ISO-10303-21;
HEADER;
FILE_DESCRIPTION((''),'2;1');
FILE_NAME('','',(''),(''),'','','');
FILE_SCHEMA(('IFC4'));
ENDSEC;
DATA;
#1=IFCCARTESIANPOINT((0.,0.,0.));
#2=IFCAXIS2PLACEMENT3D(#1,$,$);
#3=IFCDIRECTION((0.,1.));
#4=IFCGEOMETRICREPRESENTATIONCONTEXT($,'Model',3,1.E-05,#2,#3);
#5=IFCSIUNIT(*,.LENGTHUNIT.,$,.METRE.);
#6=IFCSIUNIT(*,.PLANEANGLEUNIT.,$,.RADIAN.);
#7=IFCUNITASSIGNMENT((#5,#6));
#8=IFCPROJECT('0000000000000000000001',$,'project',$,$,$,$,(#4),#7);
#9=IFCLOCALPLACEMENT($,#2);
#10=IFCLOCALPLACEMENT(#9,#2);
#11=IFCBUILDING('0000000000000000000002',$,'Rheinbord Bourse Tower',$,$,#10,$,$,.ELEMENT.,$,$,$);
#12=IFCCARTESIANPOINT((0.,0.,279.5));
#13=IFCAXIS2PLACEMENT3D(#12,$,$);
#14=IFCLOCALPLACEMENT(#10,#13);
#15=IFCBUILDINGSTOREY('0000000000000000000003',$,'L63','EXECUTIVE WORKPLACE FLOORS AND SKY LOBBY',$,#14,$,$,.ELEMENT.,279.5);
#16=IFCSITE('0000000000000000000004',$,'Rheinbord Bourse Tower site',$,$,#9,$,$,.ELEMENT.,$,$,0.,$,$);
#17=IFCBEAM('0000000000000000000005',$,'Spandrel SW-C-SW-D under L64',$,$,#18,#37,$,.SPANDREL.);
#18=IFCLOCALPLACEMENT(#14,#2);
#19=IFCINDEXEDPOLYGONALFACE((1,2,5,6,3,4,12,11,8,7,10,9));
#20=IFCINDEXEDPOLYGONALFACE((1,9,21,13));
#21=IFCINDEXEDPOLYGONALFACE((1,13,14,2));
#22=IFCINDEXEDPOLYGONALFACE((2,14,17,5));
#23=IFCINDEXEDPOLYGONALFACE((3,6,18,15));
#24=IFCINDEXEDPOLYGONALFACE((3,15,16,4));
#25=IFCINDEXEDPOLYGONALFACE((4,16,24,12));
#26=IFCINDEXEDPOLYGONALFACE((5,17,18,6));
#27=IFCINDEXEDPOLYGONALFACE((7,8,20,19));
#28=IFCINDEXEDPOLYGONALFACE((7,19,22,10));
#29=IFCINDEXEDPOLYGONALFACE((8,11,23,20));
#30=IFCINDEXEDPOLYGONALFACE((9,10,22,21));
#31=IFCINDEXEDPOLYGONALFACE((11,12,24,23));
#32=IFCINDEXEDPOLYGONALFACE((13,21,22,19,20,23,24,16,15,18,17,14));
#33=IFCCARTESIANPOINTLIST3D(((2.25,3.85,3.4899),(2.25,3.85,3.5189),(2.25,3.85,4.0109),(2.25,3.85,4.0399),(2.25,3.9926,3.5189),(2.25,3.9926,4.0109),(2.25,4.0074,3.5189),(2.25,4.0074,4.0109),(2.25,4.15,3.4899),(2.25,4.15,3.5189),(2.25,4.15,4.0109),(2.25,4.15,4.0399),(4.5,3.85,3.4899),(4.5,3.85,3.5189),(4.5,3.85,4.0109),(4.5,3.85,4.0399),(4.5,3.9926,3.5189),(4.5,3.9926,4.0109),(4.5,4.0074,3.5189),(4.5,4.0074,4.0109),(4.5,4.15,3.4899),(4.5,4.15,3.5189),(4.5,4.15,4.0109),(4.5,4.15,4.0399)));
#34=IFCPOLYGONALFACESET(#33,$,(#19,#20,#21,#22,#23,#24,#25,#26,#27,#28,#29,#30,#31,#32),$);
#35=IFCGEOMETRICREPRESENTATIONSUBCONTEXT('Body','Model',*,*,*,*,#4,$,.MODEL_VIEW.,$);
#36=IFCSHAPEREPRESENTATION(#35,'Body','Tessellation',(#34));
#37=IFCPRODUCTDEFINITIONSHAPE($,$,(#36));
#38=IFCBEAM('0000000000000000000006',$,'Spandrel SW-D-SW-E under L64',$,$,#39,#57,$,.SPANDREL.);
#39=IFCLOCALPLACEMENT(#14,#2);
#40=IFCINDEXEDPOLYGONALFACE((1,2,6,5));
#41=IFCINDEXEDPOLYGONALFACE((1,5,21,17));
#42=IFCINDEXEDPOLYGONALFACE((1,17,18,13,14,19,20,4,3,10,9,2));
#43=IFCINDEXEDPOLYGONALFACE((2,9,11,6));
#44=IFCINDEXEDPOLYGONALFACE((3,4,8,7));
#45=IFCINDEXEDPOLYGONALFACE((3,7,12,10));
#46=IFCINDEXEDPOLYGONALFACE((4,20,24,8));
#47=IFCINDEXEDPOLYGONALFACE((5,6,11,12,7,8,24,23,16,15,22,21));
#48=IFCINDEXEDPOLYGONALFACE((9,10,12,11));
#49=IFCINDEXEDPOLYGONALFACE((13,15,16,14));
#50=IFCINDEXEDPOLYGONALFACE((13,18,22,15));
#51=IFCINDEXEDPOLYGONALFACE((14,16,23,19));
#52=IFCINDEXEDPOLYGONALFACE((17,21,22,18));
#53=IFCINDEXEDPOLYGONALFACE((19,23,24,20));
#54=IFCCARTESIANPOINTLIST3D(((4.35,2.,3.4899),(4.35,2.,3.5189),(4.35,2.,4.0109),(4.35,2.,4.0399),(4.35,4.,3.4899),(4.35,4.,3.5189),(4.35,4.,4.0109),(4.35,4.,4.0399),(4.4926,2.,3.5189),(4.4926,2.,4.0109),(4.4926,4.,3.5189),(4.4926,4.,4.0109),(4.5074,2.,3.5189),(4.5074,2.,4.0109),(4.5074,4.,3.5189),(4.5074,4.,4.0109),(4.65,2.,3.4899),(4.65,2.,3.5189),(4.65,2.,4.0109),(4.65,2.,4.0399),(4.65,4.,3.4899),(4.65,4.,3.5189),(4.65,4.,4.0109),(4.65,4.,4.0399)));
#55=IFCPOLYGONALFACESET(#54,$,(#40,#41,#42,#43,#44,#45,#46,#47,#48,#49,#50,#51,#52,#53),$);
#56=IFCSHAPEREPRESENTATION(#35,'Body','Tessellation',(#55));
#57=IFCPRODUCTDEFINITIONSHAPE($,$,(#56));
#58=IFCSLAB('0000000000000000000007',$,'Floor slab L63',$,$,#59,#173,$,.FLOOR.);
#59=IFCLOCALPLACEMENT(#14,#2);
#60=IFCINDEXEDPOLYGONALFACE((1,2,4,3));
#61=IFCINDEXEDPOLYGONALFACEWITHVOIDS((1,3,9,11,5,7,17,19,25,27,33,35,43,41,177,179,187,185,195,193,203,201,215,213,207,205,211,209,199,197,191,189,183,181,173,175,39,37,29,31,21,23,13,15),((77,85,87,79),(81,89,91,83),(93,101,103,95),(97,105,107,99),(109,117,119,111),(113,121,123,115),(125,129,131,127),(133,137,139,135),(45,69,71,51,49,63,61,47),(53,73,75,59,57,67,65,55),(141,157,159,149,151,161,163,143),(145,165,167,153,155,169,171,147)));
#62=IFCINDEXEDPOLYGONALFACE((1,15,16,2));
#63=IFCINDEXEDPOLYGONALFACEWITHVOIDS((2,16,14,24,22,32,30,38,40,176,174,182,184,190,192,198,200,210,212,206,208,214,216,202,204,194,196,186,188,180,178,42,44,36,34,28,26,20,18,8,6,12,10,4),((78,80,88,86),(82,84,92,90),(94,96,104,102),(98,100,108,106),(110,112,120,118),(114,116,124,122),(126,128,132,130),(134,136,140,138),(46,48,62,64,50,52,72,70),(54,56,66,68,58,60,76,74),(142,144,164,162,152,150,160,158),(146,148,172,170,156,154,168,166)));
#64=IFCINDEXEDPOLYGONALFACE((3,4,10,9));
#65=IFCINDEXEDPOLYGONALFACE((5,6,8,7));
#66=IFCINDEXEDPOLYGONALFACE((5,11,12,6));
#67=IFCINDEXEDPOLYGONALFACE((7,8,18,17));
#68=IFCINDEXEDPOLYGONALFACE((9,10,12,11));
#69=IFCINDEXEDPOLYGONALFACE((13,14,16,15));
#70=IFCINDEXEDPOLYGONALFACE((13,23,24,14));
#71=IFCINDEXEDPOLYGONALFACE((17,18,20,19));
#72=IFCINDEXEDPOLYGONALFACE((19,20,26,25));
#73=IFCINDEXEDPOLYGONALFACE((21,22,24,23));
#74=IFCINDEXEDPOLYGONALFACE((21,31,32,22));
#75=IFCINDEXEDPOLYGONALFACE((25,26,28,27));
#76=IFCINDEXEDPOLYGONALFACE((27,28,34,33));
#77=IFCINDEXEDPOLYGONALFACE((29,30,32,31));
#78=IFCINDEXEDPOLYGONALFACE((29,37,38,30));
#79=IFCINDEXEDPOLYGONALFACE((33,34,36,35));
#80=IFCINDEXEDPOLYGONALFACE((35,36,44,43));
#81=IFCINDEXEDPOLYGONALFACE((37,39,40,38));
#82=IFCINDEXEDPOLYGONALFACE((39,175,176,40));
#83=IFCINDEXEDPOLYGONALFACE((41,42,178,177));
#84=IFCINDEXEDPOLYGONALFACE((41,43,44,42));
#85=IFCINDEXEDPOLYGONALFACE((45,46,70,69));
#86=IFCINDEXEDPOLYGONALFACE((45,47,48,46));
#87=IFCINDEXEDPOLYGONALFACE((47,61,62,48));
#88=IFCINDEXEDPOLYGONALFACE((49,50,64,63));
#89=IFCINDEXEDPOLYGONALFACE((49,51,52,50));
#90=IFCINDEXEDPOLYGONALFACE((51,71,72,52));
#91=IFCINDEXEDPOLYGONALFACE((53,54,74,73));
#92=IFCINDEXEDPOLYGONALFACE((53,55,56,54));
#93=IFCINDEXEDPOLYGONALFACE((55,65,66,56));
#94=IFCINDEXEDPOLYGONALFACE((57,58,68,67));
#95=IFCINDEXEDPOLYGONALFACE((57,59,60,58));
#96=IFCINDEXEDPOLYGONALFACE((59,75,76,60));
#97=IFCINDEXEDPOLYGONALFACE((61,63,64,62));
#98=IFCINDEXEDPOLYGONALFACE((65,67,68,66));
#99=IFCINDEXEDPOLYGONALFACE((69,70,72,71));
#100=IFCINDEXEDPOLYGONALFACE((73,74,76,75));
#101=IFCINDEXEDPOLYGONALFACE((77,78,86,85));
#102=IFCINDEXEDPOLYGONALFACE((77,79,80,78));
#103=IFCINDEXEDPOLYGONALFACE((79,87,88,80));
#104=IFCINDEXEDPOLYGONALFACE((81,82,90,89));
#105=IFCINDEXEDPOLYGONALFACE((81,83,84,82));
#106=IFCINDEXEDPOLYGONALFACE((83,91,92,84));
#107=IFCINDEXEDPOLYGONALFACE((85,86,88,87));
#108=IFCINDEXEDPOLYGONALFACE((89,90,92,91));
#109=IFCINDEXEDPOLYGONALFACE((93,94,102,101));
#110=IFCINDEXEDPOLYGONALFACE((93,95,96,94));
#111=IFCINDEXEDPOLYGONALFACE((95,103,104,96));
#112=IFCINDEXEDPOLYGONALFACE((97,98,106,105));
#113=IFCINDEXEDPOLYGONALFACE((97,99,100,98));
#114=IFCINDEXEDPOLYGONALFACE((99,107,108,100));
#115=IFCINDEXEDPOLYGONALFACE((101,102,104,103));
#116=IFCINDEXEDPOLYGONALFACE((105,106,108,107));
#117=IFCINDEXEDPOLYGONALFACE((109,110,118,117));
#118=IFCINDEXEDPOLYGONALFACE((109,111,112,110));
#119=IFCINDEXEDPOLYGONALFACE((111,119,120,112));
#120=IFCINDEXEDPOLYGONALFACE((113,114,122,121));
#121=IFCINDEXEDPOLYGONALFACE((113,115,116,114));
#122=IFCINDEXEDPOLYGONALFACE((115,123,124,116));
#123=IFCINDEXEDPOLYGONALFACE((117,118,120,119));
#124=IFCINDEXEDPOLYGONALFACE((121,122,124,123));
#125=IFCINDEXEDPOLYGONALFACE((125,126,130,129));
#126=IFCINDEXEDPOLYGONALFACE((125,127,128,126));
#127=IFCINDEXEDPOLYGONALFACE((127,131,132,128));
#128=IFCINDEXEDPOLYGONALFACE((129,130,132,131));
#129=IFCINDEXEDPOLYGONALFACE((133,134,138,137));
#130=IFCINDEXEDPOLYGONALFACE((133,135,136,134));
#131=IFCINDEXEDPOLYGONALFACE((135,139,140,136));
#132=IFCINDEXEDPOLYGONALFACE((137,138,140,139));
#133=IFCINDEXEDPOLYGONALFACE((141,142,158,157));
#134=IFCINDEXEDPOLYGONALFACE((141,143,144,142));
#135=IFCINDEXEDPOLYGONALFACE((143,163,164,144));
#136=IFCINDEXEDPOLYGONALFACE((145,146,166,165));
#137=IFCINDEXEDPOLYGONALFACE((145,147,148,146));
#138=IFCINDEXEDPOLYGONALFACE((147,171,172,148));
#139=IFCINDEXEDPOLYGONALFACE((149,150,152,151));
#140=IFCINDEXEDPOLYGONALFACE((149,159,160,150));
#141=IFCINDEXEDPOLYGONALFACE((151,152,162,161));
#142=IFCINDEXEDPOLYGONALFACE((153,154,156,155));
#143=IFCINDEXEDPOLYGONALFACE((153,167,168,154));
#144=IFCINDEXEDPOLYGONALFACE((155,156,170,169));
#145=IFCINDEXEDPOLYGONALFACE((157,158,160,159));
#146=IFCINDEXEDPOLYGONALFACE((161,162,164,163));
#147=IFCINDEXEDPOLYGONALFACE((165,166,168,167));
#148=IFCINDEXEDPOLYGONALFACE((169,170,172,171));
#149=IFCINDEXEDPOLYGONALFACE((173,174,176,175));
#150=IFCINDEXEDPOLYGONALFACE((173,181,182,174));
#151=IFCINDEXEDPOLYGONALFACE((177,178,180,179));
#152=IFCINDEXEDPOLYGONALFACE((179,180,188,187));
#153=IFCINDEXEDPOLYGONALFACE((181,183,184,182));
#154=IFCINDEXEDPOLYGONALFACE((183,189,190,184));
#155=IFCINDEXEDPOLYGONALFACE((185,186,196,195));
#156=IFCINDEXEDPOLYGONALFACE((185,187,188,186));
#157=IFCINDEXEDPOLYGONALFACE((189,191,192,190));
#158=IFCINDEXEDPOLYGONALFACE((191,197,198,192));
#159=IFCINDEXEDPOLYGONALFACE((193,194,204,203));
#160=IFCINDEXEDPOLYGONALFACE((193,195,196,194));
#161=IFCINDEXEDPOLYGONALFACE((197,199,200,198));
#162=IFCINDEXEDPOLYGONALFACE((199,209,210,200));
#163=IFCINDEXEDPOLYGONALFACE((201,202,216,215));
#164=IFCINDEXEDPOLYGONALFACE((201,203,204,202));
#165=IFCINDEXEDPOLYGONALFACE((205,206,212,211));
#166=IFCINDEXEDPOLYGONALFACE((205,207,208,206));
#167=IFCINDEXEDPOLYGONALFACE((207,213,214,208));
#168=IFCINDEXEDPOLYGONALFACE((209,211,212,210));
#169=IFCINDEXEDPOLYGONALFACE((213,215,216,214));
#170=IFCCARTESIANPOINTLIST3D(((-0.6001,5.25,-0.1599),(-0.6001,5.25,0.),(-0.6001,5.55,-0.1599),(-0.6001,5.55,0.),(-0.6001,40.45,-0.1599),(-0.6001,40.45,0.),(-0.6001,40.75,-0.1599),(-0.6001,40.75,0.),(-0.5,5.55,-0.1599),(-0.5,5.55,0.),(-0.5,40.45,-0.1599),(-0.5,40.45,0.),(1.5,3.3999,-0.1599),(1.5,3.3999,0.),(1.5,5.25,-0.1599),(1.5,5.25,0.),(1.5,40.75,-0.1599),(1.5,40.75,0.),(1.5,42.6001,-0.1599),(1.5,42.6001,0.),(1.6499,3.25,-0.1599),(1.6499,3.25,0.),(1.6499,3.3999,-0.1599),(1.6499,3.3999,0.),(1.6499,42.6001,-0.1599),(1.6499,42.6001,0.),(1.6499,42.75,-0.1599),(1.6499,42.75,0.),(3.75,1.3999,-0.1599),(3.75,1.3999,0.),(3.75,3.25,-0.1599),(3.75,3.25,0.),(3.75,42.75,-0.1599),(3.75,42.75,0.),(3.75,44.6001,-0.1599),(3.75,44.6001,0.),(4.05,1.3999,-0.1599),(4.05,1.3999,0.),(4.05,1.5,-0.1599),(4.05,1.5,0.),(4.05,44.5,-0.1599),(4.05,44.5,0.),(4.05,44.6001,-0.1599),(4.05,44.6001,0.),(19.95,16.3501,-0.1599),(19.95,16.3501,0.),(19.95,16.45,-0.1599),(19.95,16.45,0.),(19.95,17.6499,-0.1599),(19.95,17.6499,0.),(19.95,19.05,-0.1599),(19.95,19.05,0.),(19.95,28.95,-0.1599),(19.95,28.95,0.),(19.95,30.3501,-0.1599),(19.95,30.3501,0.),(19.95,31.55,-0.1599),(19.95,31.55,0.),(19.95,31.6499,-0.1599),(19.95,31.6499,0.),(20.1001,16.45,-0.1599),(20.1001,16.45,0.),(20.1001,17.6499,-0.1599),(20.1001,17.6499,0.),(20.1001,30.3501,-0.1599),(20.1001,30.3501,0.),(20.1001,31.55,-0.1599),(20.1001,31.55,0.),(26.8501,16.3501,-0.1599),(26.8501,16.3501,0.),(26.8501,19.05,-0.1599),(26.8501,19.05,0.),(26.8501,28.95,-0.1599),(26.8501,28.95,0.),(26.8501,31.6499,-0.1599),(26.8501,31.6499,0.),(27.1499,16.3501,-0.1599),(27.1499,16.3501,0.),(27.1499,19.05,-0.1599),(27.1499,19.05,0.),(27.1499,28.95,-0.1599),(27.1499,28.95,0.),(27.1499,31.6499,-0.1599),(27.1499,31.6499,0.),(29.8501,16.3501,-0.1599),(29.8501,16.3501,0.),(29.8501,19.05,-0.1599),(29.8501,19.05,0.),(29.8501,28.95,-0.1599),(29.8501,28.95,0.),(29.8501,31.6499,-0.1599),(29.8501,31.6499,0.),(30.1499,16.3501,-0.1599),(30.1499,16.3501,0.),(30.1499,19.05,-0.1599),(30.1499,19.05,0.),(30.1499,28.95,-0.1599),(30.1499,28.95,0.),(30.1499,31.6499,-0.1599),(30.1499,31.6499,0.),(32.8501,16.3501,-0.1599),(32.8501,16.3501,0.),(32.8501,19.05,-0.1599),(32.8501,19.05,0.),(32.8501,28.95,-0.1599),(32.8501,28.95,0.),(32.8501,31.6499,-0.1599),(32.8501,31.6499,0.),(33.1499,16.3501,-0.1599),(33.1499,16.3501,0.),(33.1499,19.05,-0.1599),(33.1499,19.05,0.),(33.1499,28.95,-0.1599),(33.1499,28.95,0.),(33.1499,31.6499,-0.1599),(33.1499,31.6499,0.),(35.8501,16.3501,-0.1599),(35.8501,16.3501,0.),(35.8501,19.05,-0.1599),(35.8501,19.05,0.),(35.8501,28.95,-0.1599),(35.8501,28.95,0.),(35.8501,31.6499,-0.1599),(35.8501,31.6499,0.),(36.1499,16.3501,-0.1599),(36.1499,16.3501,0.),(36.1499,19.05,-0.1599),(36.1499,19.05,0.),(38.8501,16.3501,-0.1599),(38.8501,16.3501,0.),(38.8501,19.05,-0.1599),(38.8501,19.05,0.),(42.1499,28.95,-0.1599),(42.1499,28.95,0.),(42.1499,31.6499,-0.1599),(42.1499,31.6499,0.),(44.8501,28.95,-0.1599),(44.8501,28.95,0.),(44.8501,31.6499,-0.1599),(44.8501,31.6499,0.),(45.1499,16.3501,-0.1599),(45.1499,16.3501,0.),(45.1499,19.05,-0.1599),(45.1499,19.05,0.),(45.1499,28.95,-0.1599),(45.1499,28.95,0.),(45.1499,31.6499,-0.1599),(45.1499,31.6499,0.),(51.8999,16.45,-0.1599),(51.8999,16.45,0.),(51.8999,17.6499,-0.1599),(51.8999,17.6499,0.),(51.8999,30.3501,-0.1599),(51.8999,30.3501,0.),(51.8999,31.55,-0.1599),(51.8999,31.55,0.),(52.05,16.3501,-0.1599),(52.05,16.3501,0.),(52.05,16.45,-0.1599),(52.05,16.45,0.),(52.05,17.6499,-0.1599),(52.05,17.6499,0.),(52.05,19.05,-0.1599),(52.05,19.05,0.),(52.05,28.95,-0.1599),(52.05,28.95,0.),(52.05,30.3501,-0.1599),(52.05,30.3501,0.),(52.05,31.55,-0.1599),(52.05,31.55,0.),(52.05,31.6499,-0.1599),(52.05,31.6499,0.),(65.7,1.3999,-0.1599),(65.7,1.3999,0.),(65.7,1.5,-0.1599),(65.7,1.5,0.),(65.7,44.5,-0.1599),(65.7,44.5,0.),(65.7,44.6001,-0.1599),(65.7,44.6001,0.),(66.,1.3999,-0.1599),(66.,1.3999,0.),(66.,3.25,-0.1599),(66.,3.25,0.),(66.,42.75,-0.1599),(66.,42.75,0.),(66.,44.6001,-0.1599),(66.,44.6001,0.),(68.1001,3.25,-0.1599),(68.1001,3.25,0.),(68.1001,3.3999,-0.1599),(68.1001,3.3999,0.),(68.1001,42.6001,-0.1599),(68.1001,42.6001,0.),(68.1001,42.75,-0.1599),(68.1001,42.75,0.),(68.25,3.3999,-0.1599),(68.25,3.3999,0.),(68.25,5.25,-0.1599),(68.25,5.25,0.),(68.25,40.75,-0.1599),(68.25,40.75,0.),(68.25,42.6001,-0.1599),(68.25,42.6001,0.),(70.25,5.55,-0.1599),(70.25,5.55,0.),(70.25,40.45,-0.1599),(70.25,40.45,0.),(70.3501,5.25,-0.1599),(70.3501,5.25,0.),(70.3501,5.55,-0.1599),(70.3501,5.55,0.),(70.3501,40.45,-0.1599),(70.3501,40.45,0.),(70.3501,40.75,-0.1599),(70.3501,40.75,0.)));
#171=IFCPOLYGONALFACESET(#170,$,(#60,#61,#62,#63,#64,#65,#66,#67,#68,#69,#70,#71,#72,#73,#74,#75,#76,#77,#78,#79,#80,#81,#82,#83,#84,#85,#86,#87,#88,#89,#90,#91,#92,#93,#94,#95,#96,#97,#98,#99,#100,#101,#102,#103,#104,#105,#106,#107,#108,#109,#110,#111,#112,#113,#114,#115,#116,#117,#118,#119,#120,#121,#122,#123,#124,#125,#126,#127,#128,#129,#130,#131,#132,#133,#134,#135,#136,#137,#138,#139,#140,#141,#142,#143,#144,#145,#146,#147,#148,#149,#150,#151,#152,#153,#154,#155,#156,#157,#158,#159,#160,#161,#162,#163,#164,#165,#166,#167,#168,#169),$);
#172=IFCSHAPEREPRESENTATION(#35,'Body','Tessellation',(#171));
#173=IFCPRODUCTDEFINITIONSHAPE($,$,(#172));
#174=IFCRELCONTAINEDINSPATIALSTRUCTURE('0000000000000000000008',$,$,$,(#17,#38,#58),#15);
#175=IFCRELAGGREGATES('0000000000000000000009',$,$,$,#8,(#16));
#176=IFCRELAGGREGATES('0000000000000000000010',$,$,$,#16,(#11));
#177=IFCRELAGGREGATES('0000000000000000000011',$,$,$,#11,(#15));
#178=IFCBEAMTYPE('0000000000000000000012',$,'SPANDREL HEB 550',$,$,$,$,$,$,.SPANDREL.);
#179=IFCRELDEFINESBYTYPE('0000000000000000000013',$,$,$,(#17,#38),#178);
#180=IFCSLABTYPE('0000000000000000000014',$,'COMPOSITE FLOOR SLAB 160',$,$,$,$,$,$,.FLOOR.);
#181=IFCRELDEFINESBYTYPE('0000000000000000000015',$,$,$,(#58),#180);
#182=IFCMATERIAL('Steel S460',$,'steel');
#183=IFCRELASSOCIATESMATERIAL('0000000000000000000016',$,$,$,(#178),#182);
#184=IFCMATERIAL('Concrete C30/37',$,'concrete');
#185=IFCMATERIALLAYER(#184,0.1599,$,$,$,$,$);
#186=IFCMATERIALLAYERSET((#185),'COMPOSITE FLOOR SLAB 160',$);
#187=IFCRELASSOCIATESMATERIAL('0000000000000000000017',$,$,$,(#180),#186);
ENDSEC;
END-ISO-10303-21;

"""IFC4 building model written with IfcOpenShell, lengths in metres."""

from ifc_helpers import new_model, si_unit, direction, frame, origin, origin_2d, place, context, subcontext, project, spatial, polyline, i_section, outline, extrude, material, layer, layer_set, material_profile, profile_set, type_object, element, save


model = new_model("IFC4")

# Units and contexts
model_context = context("Model", 3, precision=1e-05, world=origin(), true_north=direction((0.0, 1.0)))
body_context = subcontext(model_context, "Body", "Model", "MODEL_VIEW")
ifc_project = project(units=[si_unit("LENGTHUNIT", "METRE"), si_unit("PLANEANGLEUNIT", "RADIAN")], contexts=[model_context])

# Site, building, storey
site_placement = place(None, origin())
site = spatial("IfcSite", under=ifc_project, at=site_placement, Name="Rheinbord Bourse Tower site", CompositionType="ELEMENT", RefElevation=0.0)
building_placement = place(site_placement, origin())
building = spatial("IfcBuilding", under=site, at=building_placement, Name="Rheinbord Bourse Tower", CompositionType="ELEMENT")
storey_placement = place(building_placement, frame((0.0, 0.0, 279.5)))
storey = spatial("IfcBuildingStorey", under=building, at=storey_placement, Name="L63", Description="EXECUTIVE WORKPLACE FLOORS AND SKY LOBBY", CompositionType="ELEMENT", Elevation=279.5)

# Beams
ifc_material_1 = material(Name="Steel S460", Category="steel")
ifc_material_profile_1 = material_profile(ifc_material_1, i_section(OverallWidth=0.3, OverallDepth=0.55, WebThickness=0.0149, FlangeThickness=0.0291, at=origin_2d()), Name="HEB 550")
ifc_profile_set_1 = profile_set([ifc_material_profile_1], Name="Steel S460")
beam_type_1 = type_object("IfcBeamType", Name="SPANDREL HEB 550", PredefinedType="SPANDREL", material=ifc_profile_set_1)
beam_1_placement = place(storey_placement, frame((2.25, 4.0, 3.7649), z_axis=(1.0, 0.0, 0.0), x_axis=(0.0, 1.0, 0.0)))
element("IfcBeam", 1, at=beam_1_placement, inside=storey, type_object=beam_type_1, Name="Spandrel SW-C-SW-D under L64", PredefinedType="SPANDREL", context=body_context, shape_type="SweptSolid", body=[
    extrude(i_section(OverallWidth=0.3, OverallDepth=0.55, WebThickness=0.0149, FlangeThickness=0.0291, at=origin_2d()), origin(), (0.0, 0.0, 1.0), 2.25),
])
beam_2_placement = place(storey_placement, frame((4.5, 4.0, 3.7649), z_axis=(0.0, -1.0, 0.0), x_axis=(1.0, 0.0, 0.0)))
element("IfcBeam", 2, at=beam_2_placement, inside=storey, type_object=beam_type_1, Name="Spandrel SW-D-SW-E under L64", PredefinedType="SPANDREL", context=body_context, shape_type="SweptSolid", body=[
    extrude(i_section(OverallWidth=0.3, OverallDepth=0.55, WebThickness=0.0149, FlangeThickness=0.0291, at=origin_2d()), origin(), (0.0, 0.0, 1.0), 2.0),
])

# Slab
ifc_material_2 = material(Name="Concrete C30/37", Category="concrete")
ifc_layer_1 = layer(ifc_material_2, 0.1599)
ifc_layer_set_1 = layer_set([ifc_layer_1], Name="COMPOSITE FLOOR SLAB 160")
slab_type_1 = type_object("IfcSlabType", Name="COMPOSITE FLOOR SLAB 160", PredefinedType="FLOOR", material=ifc_layer_set_1)
slab_1_placement = place(storey_placement, frame((0.0, 0.0, -0.1599)))
element("IfcSlab", 3, at=slab_1_placement, inside=storey, type_object=slab_type_1, Name="Floor slab L63", PredefinedType="FLOOR", context=body_context, shape_type="SweptSolid", body=[
    extrude(outline(polyline([(1.6499, 3.3999), (1.5, 3.3999), (1.5, 5.25), (-0.6001, 5.25), (-0.6001, 5.55), (-0.5, 5.55), (-0.5, 40.45), (-0.6001, 40.45), (-0.6001, 40.75), (1.5, 40.75), (1.5, 42.6001), (1.6499, 42.6001), (1.6499, 42.75), (3.75, 42.75), (3.75, 44.6001), (4.05, 44.6001), (4.05, 44.5), (65.7, 44.5), (65.7, 44.6001), (66.0, 44.6001), (66.0, 42.75), (68.1001, 42.75), (68.1001, 42.6001), (68.25, 42.6001), (68.25, 40.75), (70.3501, 40.75), (70.3501, 40.45), (70.25, 40.45), (70.25, 5.55), (70.3501, 5.55), (70.3501, 5.25), (68.25, 5.25), (68.25, 3.3999), (68.1001, 3.3999), (68.1001, 3.25), (66.0, 3.25), (66.0, 1.3999), (65.7, 1.3999), (65.7, 1.5), (4.05, 1.5), (4.05, 1.3999), (3.75, 1.3999), (3.75, 3.25), (1.6499, 3.25), (1.6499, 3.3999)]), holes=[polyline([(19.95, 19.05), (26.8501, 19.05), (26.8501, 16.3501), (19.95, 16.3501), (19.95, 16.45), (20.1001, 16.45), (20.1001, 17.6499), (19.95, 17.6499), (19.95, 19.05)]), polyline([(19.95, 31.6499), (26.8501, 31.6499), (26.8501, 28.95), (19.95, 28.95), (19.95, 30.3501), (20.1001, 30.3501), (20.1001, 31.55), (19.95, 31.55), (19.95, 31.6499)]), polyline([(52.05, 16.3501), (45.1499, 16.3501), (45.1499, 19.05), (52.05, 19.05), (52.05, 17.6499), (51.8999, 17.6499), (51.8999, 16.45), (52.05, 16.45), (52.05, 16.3501)]), polyline([(52.05, 28.95), (45.1499, 28.95), (45.1499, 31.6499), (52.05, 31.6499), (52.05, 31.55), (51.8999, 31.55), (51.8999, 30.3501), (52.05, 30.3501), (52.05, 28.95)]), polyline([(27.1499, 16.3501), (27.1499, 19.05), (29.8501, 19.05), (29.8501, 16.3501), (27.1499, 16.3501)]), polyline([(27.1499, 28.95), (27.1499, 31.6499), (29.8501, 31.6499), (29.8501, 28.95), (27.1499, 28.95)]), polyline([(30.1499, 16.3501), (30.1499, 19.05), (32.8501, 19.05), (32.8501, 16.3501), (30.1499, 16.3501)]), polyline([(30.1499, 28.95), (30.1499, 31.6499), (32.8501, 31.6499), (32.8501, 28.95), (30.1499, 28.95)]), polyline([(33.1499, 16.3501), (33.1499, 19.05), (35.8501, 19.05), (35.8501, 16.3501), (33.1499, 16.3501)]), polyline([(33.1499, 28.95), (33.1499, 31.6499), (35.8501, 31.6499), (35.8501, 28.95), (33.1499, 28.95)]), polyline([(36.1499, 16.3501), (36.1499, 19.05), (38.8501, 19.05), (38.8501, 16.3501), (36.1499, 16.3501)]), polyline([(42.1499, 28.95), (42.1499, 31.6499), (44.8501, 31.6499), (44.8501, 28.95), (42.1499, 28.95)])]), origin(), (0.0, 0.0, 1.0), 0.1599),
])

save(model, "model.ifc")
